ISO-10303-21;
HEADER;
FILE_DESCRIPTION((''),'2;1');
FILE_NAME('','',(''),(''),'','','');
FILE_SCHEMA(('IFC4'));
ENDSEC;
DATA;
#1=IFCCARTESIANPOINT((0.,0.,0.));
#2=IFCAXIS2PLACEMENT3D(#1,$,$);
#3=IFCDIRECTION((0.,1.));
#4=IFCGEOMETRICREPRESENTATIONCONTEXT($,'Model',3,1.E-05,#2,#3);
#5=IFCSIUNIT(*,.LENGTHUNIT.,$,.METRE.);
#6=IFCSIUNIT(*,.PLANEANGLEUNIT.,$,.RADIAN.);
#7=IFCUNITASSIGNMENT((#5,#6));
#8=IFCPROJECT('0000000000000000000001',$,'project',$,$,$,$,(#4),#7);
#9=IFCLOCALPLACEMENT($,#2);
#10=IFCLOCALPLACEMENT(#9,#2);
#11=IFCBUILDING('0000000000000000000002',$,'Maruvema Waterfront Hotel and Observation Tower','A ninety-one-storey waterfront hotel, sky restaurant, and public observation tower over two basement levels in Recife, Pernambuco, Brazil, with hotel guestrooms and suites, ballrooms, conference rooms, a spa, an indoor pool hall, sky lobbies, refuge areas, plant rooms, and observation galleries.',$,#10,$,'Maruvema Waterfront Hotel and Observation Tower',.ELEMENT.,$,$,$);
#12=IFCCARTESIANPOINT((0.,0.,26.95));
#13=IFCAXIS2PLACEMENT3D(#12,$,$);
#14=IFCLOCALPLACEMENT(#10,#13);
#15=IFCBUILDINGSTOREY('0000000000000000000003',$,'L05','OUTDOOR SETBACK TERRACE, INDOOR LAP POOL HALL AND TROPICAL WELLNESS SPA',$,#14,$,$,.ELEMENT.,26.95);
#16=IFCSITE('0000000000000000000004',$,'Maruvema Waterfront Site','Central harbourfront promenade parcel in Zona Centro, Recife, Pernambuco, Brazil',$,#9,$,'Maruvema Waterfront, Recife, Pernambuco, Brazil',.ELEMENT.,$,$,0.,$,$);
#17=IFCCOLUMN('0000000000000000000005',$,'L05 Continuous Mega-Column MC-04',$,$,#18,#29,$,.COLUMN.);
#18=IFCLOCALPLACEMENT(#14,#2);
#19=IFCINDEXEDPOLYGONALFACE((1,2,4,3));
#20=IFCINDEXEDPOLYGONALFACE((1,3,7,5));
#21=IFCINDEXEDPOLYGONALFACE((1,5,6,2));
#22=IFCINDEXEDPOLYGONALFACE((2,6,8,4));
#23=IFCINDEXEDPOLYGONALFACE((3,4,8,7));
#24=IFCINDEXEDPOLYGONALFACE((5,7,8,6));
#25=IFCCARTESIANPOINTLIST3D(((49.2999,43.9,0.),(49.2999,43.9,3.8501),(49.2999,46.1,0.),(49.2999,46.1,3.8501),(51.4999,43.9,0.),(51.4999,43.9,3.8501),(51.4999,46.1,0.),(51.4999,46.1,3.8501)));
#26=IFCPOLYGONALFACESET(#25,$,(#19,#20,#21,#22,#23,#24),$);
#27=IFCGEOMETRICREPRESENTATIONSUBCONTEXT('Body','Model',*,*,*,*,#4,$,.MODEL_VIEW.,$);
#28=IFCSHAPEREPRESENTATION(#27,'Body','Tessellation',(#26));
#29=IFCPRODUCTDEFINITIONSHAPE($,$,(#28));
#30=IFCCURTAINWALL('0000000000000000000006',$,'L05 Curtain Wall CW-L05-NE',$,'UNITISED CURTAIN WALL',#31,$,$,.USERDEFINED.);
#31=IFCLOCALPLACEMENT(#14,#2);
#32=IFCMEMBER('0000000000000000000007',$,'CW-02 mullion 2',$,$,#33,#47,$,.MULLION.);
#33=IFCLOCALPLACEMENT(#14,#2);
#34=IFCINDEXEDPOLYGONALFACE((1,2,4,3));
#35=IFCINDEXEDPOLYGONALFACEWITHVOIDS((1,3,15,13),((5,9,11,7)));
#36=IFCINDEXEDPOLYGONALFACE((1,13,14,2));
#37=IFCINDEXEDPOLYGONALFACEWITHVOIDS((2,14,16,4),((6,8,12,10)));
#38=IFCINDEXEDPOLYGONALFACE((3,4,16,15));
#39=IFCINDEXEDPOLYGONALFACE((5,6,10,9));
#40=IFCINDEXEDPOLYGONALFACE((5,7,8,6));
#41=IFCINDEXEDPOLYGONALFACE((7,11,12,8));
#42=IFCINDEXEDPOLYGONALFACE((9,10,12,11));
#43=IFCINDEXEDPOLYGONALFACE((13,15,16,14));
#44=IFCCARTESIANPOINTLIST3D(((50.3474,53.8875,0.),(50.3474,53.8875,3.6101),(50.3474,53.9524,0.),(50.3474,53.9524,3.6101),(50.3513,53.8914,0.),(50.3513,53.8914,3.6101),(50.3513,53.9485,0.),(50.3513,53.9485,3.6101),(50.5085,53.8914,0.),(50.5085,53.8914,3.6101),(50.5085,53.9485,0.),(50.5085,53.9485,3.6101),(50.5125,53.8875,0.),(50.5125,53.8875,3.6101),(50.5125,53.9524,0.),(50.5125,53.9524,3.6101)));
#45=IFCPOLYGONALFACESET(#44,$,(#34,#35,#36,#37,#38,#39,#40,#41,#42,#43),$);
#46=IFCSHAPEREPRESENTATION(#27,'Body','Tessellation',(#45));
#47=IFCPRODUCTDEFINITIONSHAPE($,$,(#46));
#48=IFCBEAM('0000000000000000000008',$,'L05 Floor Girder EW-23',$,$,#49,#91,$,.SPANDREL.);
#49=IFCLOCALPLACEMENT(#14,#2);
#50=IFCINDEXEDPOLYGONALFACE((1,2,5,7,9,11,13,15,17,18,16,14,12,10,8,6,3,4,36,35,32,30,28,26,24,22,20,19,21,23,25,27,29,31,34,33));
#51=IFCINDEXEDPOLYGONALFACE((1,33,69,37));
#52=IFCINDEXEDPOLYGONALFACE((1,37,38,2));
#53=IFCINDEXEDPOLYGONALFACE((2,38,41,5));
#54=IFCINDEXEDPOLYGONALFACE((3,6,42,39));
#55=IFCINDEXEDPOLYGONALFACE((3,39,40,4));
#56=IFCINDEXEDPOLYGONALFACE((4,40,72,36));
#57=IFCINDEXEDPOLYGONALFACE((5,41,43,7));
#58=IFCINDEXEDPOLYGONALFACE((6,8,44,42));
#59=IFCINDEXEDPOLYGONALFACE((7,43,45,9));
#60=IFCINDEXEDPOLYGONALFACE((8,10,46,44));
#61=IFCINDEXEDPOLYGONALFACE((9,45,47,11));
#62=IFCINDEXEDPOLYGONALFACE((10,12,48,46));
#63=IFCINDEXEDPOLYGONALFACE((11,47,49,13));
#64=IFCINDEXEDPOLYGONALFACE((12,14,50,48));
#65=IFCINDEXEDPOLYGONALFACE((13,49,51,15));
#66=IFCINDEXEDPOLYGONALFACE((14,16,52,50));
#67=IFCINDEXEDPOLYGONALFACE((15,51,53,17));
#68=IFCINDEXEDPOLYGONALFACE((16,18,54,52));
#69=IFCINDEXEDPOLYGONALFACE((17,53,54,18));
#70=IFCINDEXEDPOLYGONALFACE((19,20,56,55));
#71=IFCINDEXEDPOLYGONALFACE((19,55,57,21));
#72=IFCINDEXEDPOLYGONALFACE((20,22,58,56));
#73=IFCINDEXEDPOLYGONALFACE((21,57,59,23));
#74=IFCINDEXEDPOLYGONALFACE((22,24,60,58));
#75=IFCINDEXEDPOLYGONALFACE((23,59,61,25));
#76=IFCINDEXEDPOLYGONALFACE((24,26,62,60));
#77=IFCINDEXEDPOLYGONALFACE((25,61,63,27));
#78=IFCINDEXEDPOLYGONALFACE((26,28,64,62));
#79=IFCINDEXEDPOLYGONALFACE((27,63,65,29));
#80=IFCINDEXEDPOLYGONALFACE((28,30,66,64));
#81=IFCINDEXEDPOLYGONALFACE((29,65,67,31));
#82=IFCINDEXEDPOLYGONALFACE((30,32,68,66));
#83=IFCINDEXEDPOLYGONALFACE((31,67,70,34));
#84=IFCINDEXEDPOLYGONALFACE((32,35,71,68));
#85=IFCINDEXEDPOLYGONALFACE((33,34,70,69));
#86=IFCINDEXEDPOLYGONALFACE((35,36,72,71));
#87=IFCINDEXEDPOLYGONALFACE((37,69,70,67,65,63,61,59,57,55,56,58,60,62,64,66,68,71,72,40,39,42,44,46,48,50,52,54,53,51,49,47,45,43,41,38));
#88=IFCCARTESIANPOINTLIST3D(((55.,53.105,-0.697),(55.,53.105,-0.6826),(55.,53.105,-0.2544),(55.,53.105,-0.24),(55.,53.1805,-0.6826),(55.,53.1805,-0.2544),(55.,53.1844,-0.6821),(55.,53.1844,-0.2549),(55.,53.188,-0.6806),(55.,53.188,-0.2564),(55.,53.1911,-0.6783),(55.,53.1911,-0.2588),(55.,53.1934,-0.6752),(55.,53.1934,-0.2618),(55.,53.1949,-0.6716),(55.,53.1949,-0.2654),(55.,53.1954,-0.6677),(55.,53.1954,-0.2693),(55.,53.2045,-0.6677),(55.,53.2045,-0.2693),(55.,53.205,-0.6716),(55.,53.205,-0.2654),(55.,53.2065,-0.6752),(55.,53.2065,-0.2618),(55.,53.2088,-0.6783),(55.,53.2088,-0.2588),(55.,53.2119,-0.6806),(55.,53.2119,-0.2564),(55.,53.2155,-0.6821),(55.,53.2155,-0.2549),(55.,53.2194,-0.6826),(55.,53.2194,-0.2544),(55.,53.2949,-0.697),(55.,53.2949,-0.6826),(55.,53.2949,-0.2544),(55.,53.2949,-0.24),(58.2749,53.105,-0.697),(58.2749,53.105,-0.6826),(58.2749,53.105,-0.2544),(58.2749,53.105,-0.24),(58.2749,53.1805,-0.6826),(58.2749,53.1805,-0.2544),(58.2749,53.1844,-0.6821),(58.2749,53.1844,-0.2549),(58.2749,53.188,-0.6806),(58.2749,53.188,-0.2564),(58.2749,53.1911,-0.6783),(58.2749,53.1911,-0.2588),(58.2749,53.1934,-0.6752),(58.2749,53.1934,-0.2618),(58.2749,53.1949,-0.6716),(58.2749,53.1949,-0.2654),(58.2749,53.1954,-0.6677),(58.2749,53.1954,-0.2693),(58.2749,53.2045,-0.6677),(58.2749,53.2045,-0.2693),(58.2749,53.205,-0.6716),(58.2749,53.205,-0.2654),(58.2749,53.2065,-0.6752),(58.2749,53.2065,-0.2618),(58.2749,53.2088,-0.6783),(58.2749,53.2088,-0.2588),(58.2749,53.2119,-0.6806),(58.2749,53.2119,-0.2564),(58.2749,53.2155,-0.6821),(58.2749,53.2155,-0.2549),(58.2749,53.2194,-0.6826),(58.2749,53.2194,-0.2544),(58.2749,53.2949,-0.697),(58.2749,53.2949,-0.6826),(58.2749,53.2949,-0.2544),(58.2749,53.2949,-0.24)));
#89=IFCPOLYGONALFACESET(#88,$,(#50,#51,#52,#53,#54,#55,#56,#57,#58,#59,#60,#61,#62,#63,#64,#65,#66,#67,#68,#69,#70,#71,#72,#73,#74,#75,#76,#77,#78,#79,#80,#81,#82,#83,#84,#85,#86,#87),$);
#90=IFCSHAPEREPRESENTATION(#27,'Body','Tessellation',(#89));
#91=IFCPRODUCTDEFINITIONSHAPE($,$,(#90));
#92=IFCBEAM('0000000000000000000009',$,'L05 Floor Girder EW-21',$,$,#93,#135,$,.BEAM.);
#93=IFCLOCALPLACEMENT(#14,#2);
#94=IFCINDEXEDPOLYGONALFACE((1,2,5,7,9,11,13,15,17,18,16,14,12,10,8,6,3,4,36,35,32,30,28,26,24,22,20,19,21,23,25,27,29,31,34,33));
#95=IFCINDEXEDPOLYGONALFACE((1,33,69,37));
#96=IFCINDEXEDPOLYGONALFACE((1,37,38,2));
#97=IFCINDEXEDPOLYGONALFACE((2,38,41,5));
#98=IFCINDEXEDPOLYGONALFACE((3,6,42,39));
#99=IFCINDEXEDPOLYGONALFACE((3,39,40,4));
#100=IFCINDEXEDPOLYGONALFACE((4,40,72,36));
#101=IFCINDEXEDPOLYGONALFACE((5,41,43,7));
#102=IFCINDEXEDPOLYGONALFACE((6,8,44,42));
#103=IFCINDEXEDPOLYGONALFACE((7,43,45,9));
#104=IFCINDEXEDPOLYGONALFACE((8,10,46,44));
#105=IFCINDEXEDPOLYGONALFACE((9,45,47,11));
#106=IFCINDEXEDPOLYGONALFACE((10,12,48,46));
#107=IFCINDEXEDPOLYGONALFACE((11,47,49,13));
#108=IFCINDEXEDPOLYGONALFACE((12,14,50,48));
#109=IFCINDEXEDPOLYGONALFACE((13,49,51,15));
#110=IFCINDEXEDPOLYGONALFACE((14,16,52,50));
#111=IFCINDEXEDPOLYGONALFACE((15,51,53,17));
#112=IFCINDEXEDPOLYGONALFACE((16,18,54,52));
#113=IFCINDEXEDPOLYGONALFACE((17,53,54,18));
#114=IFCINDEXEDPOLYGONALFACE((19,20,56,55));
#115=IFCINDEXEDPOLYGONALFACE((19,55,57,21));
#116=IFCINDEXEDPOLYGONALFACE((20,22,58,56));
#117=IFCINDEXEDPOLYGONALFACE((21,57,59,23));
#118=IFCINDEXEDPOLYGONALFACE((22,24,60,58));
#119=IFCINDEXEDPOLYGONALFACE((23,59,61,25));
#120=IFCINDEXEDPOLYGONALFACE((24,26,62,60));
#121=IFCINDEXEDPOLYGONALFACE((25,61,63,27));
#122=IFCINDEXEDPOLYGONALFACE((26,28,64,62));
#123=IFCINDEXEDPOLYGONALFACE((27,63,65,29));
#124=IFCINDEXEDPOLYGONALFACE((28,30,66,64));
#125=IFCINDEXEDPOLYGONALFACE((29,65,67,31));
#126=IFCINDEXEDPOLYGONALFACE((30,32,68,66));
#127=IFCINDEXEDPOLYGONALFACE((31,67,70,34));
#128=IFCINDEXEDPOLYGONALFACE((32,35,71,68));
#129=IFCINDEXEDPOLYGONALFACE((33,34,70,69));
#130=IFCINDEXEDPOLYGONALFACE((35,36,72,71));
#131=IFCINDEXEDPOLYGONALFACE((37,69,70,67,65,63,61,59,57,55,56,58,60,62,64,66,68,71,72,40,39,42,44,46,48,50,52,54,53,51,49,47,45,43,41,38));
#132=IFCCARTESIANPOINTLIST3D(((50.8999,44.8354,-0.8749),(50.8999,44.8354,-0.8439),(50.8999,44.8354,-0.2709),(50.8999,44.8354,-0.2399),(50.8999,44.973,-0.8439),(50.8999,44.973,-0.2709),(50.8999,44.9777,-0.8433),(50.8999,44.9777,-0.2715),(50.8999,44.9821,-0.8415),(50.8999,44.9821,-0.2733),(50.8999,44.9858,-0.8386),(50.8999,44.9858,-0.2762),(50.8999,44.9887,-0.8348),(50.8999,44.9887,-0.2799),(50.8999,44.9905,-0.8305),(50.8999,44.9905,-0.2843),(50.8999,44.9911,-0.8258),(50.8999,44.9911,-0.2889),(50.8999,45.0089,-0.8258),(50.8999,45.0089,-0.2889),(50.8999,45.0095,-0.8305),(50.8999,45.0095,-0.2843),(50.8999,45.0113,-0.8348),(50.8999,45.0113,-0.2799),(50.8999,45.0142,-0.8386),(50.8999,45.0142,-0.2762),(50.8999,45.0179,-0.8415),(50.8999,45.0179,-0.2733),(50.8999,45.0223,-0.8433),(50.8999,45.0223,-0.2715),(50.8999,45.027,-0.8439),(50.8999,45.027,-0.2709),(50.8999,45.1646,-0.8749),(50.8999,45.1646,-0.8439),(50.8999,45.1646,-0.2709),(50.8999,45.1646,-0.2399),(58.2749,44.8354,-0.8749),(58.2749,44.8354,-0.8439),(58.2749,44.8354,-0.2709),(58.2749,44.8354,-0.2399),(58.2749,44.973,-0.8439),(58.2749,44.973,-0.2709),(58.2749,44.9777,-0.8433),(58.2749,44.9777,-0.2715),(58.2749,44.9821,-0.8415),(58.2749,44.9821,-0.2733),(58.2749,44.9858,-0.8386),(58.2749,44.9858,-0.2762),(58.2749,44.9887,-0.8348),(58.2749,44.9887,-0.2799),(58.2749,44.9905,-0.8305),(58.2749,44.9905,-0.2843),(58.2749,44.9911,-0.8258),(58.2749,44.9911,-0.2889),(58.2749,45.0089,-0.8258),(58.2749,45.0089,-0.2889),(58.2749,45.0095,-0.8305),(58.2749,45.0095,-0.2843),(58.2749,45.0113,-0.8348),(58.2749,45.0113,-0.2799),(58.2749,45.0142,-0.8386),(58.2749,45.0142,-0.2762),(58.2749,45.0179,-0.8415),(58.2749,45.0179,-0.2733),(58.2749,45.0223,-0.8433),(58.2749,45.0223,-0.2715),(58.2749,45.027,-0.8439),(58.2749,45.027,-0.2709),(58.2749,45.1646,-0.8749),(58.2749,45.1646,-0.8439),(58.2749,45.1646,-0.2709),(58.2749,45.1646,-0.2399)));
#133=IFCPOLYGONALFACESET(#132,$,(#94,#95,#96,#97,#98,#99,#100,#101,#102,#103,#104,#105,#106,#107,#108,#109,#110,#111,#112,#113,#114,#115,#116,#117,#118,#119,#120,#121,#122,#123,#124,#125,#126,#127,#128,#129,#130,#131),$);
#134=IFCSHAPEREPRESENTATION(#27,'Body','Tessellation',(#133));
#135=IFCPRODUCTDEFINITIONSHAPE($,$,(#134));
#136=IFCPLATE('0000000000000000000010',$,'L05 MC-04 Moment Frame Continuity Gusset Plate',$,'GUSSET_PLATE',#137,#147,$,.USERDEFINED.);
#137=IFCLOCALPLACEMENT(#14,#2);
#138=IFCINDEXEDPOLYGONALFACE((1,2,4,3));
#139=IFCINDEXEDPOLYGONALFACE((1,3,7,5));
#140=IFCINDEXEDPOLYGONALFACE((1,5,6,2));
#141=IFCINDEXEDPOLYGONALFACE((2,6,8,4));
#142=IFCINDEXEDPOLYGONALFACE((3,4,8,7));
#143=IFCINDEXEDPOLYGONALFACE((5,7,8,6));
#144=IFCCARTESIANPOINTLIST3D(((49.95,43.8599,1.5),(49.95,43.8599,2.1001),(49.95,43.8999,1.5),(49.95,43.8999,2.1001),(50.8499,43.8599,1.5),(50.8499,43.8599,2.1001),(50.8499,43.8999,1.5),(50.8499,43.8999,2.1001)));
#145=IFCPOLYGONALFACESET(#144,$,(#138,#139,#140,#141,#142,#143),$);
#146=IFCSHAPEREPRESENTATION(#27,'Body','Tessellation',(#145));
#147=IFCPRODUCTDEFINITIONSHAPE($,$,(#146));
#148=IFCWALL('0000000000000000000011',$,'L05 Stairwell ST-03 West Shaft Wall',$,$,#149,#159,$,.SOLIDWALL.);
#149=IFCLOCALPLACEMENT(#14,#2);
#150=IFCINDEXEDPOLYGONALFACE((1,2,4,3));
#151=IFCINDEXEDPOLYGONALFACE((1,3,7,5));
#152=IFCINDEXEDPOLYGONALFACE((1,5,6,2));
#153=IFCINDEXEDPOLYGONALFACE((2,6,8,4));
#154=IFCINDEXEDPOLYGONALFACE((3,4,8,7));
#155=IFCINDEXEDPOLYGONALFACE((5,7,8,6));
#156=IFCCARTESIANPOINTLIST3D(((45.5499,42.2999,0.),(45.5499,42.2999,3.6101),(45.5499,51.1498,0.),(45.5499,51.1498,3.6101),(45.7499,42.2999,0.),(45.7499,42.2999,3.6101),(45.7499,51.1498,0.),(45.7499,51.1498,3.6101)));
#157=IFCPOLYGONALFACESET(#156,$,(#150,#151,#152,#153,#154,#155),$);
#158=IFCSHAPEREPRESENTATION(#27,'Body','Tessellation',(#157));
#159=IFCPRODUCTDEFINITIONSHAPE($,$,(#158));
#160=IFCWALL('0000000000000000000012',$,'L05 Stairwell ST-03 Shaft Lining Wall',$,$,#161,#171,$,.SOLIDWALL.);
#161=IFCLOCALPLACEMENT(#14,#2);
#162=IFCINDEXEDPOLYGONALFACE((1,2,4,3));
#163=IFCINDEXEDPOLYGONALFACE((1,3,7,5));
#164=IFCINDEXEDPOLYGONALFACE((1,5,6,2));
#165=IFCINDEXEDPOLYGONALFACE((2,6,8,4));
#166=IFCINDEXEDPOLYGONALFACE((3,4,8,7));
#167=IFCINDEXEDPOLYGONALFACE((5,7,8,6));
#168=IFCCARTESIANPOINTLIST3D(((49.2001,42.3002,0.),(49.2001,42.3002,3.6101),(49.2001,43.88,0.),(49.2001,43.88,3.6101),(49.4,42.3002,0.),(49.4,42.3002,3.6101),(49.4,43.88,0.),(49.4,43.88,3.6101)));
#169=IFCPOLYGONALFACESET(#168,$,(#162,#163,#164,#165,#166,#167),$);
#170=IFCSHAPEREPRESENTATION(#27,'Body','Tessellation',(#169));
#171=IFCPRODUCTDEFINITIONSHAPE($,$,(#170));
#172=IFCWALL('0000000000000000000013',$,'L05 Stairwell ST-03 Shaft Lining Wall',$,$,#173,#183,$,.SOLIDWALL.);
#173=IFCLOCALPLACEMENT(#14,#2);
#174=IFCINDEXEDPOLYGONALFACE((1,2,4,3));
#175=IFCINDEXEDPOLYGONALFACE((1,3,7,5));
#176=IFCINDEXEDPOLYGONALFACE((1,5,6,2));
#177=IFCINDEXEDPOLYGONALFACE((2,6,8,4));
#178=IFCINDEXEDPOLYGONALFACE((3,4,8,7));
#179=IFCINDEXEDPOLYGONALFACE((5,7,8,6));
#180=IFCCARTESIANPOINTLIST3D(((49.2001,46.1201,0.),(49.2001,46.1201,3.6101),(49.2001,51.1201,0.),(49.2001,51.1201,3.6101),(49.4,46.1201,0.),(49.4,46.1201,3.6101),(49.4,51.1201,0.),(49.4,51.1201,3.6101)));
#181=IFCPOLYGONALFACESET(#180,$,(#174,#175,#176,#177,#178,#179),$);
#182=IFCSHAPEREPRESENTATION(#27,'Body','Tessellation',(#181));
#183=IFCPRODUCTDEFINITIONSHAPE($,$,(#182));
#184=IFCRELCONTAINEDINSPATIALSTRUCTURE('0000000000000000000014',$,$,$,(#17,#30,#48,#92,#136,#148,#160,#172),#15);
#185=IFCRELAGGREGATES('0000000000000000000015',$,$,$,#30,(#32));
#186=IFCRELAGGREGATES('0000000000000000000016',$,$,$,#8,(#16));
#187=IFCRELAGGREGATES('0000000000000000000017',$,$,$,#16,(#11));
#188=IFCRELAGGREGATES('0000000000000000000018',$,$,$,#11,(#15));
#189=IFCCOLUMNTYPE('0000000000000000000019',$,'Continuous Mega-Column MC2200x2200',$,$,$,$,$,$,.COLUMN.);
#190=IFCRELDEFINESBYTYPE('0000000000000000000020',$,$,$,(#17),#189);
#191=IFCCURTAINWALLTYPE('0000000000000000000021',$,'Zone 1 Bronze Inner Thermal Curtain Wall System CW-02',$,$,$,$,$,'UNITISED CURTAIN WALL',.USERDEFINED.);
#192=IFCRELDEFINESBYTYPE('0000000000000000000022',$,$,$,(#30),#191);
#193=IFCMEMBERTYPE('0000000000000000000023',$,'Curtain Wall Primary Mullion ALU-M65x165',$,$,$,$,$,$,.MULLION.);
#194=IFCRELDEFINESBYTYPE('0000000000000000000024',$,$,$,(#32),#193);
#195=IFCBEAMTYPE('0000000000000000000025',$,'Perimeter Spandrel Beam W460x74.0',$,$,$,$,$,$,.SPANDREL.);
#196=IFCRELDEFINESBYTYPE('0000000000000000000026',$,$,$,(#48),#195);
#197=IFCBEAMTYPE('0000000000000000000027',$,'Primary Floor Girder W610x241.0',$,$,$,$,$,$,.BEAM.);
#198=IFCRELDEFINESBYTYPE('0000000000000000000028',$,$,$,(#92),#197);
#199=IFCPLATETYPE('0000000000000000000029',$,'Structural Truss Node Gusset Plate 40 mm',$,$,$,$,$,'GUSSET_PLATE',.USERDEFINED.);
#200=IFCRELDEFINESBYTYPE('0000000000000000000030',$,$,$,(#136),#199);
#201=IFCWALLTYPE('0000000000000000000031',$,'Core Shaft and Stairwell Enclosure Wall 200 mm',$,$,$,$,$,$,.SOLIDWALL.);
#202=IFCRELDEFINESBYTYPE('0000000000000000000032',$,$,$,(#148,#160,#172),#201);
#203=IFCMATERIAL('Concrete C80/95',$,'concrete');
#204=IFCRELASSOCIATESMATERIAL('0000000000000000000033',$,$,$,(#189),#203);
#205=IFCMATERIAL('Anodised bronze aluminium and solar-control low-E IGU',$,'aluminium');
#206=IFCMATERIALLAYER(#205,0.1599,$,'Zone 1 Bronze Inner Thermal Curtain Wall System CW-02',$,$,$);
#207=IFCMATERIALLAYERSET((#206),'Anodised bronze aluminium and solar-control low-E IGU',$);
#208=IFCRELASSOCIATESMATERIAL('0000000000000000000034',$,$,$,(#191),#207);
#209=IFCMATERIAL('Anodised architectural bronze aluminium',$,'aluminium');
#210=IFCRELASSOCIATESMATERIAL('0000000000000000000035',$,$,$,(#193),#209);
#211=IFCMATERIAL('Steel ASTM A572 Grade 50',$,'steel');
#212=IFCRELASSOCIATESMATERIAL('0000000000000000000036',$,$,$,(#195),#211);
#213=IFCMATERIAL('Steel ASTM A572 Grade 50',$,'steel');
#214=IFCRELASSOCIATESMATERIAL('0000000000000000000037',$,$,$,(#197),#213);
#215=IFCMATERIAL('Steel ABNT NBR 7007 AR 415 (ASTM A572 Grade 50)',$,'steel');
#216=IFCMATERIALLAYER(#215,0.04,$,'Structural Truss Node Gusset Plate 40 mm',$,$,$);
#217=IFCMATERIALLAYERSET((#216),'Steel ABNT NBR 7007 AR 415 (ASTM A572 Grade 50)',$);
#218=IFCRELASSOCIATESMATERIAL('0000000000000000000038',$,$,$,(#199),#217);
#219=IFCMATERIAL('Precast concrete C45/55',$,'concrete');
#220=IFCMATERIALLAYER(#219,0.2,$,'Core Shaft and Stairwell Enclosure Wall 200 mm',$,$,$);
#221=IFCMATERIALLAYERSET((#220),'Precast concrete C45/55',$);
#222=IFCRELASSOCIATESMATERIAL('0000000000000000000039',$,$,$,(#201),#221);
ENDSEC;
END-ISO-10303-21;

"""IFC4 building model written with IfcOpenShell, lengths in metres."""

from ifc_helpers import new_model, si_unit, direction, frame, frame_2d, origin, origin_2d, place, context, subcontext, project, spatial, rectangle, hollow_rectangle, i_section, extrude, material, layer, layer_set, material_profile, profile_set, type_object, element, aggregate, save


model = new_model("IFC4")

# Units and contexts
model_context = context("Model", 3, precision=1e-05, world=origin(), true_north=direction((0.0, 1.0)))
body_context = subcontext(model_context, "Body", "Model", "MODEL_VIEW")
ifc_project = project(units=[si_unit("LENGTHUNIT", "METRE"), si_unit("PLANEANGLEUNIT", "RADIAN")], contexts=[model_context])

# Site, building, storey
site_placement = place(None, origin())
site = spatial("IfcSite", under=ifc_project, at=site_placement, Name="Maruvema Waterfront Site", Description="Central harbourfront promenade parcel in Zona Centro, Recife, Pernambuco, Brazil", LongName="Maruvema Waterfront, Recife, Pernambuco, Brazil", CompositionType="ELEMENT", RefElevation=0.0)
building_placement = place(site_placement, origin())
building = spatial("IfcBuilding", under=site, at=building_placement, Name="Maruvema Waterfront Hotel and Observation Tower", Description="A ninety-one-storey waterfront hotel, sky restaurant, and public observation tower over two basement levels in Recife, Pernambuco, Brazil, with hotel guestrooms and suites, ballrooms, conference rooms, a spa, an indoor pool hall, sky lobbies, refuge areas, plant rooms, and observation galleries.", LongName="Maruvema Waterfront Hotel and Observation Tower", CompositionType="ELEMENT")
storey_placement = place(building_placement, frame((0.0, 0.0, 26.95)))
storey = spatial("IfcBuildingStorey", under=building, at=storey_placement, Name="L05", Description="OUTDOOR SETBACK TERRACE, INDOOR LAP POOL HALL AND TROPICAL WELLNESS SPA", CompositionType="ELEMENT", Elevation=26.95)

# Column
ifc_material_1 = material(Name="Concrete C80/95", Category="concrete")
ifc_material_profile_1 = material_profile(ifc_material_1, rectangle(XDim=2.2, YDim=2.2, at=origin_2d()), Name="MC2200x2200")
ifc_profile_set_1 = profile_set([ifc_material_profile_1], Name="Concrete C80/95")
column_type = type_object("IfcColumnType", Name="Continuous Mega-Column MC2200x2200", PredefinedType="COLUMN", material=ifc_profile_set_1)
column_placement = place(storey_placement, frame((50.3999, 45.0, 0.0), z_axis=(0.0, 0.0, 1.0), x_axis=(1.0, 0.0, 0.0)))
element("IfcColumn", 1, at=column_placement, inside=storey, type_object=column_type, Name="L05 Continuous Mega-Column MC-04", PredefinedType="COLUMN", context=body_context, shape_type="SweptSolid", body=[
    extrude(rectangle(XDim=2.2, YDim=2.2, at=origin_2d()), origin(), (0.0, 0.0, 1.0), 3.8501),
])

# Curtain wall, member
ifc_material_2 = material(Name="Anodised bronze aluminium and solar-control low-E IGU", Category="aluminium")
ifc_layer_1 = layer(ifc_material_2, 0.1599, Name="Zone 1 Bronze Inner Thermal Curtain Wall System CW-02")
ifc_layer_set_1 = layer_set([ifc_layer_1], Name="Anodised bronze aluminium and solar-control low-E IGU")
curtain_wall_type = type_object("IfcCurtainWallType", Name="Zone 1 Bronze Inner Thermal Curtain Wall System CW-02", ElementType="UNITISED CURTAIN WALL", PredefinedType="USERDEFINED", material=ifc_layer_set_1)
curtain_wall_placement = place(storey_placement, origin())
curtain_wall = element("IfcCurtainWall", 2, at=curtain_wall_placement, inside=storey, type_object=curtain_wall_type, Name="L05 Curtain Wall CW-L05-NE", ObjectType="UNITISED CURTAIN WALL", PredefinedType="USERDEFINED")
ifc_material_3 = material(Name="Anodised architectural bronze aluminium", Category="aluminium")
ifc_material_profile_2 = material_profile(ifc_material_3, hollow_rectangle(XDim=0.0649, YDim=0.165, WallThickness=0.0039, at=origin_2d()), Name="ALU-M65x165")
ifc_profile_set_2 = profile_set([ifc_material_profile_2], Name="Anodised architectural bronze aluminium")
member_type = type_object("IfcMemberType", Name="Curtain Wall Primary Mullion ALU-M65x165", PredefinedType="MULLION", material=ifc_profile_set_2)
member_placement = place(storey_placement, frame((50.4299, 53.9199, 0.0), z_axis=(0.0, 0.0, 1.0), x_axis=(0.0, -1.0, 0.0)))
member = element("IfcMember", 3, at=member_placement, type_object=member_type, Name="CW-02 mullion 2", PredefinedType="MULLION", context=body_context, shape_type="SweptSolid", body=[
    extrude(hollow_rectangle(XDim=0.0649, YDim=0.165, WallThickness=0.0039, at=origin_2d()), origin(), (0.0, 0.0, 1.0), 3.6101),
])
aggregate(curtain_wall, [member])

# Beams
ifc_material_4 = material(Name="Steel ASTM A572 Grade 50", Category="steel")
ifc_material_profile_3 = material_profile(ifc_material_4, i_section(OverallWidth=0.1899, OverallDepth=0.457, WebThickness=0.009, FlangeThickness=0.0144, FilletRadius=0.0149, at=origin_2d()), Name="W460x74.0")
ifc_profile_set_3 = profile_set([ifc_material_profile_3], Name="Steel ASTM A572 Grade 50")
beam_type_1 = type_object("IfcBeamType", Name="Perimeter Spandrel Beam W460x74.0", PredefinedType="SPANDREL", material=ifc_profile_set_3)
beam_1_placement = place(storey_placement, frame((55.0, 53.2, -0.4685), z_axis=(1.0, 0.0, 0.0), x_axis=(0.0, 1.0, 0.0)))
element("IfcBeam", 4, at=beam_1_placement, inside=storey, type_object=beam_type_1, Name="L05 Floor Girder EW-23", PredefinedType="SPANDREL", context=body_context, shape_type="SweptSolid", body=[
    extrude(i_section(OverallWidth=0.1899, OverallDepth=0.457, WebThickness=0.009, FlangeThickness=0.0144, FilletRadius=0.0149, at=origin_2d()), origin(), (0.0, 0.0, 1.0), 3.2749),
])
ifc_material_5 = material(Name="Steel ASTM A572 Grade 50", Category="steel")
ifc_material_profile_4 = material_profile(ifc_material_5, i_section(OverallWidth=0.3291, OverallDepth=0.635, WebThickness=0.0178, FlangeThickness=0.031, FilletRadius=0.0181, at=origin_2d()), Name="W610x241.0")
ifc_profile_set_4 = profile_set([ifc_material_profile_4], Name="Steel ASTM A572 Grade 50")
beam_type_2 = type_object("IfcBeamType", Name="Primary Floor Girder W610x241.0", PredefinedType="BEAM", material=ifc_profile_set_4)
beam_2_placement = place(storey_placement, frame((50.8999, 45.0, -0.5574), z_axis=(1.0, 0.0, 0.0), x_axis=(0.0, 1.0, 0.0)))
element("IfcBeam", 5, at=beam_2_placement, inside=storey, type_object=beam_type_2, Name="L05 Floor Girder EW-21", PredefinedType="BEAM", context=body_context, shape_type="SweptSolid", body=[
    extrude(i_section(OverallWidth=0.3291, OverallDepth=0.635, WebThickness=0.0178, FlangeThickness=0.031, FilletRadius=0.0181, at=origin_2d()), origin(), (0.0, 0.0, 1.0), 7.375),
])

# Plate
ifc_material_6 = material(Name="Steel ABNT NBR 7007 AR 415 (ASTM A572 Grade 50)", Category="steel")
ifc_layer_2 = layer(ifc_material_6, 0.04, Name="Structural Truss Node Gusset Plate 40 mm")
ifc_layer_set_2 = layer_set([ifc_layer_2], Name="Steel ABNT NBR 7007 AR 415 (ASTM A572 Grade 50)")
plate_type = type_object("IfcPlateType", Name="Structural Truss Node Gusset Plate 40 mm", ElementType="GUSSET_PLATE", PredefinedType="USERDEFINED", material=ifc_layer_set_2)
plate_placement = place(storey_placement, frame((50.3999, 43.8799, 1.5), z_axis=(0.0, 0.0, 1.0), x_axis=(1.0, 0.0, 0.0)))
element("IfcPlate", 6, at=plate_placement, inside=storey, type_object=plate_type, Name="L05 MC-04 Moment Frame Continuity Gusset Plate", ObjectType="GUSSET_PLATE", PredefinedType="USERDEFINED", context=body_context, shape_type="SweptSolid", body=[
    extrude(rectangle(XDim=0.8999, YDim=0.04, at=origin_2d()), origin(), (0.0, 0.0, 1.0), 0.6001),
])

# Walls
ifc_material_7 = material(Name="Precast concrete C45/55", Category="concrete")
ifc_layer_3 = layer(ifc_material_7, 0.2, Name="Core Shaft and Stairwell Enclosure Wall 200 mm")
ifc_layer_set_3 = layer_set([ifc_layer_3], Name="Precast concrete C45/55")
wall_type_1 = type_object("IfcWallType", Name="Core Shaft and Stairwell Enclosure Wall 200 mm", PredefinedType="SOLIDWALL", material=ifc_layer_set_3)
wall_1_placement = place(storey_placement, frame((45.6499, 42.3, 0.0), z_axis=(0.0, 0.0, 1.0), x_axis=(0.0, 1.0, 0.0)))
element("IfcWall", 7, at=wall_1_placement, inside=storey, type_object=wall_type_1, Name="L05 Stairwell ST-03 West Shaft Wall", PredefinedType="SOLIDWALL", context=body_context, shape_type="SweptSolid", body=[
    extrude(rectangle(XDim=8.8499, YDim=0.2, at=frame_2d((4.4248, 0.0))), origin(), (0.0, 0.0, 1.0), 3.6101),
])
wall_2_placement = place(storey_placement, frame((49.3, 42.3, 0.0), z_axis=(0.0, 0.0, 1.0), x_axis=(0.0, 1.0, 0.0)))
element("IfcWall", 8, at=wall_2_placement, inside=storey, type_object=wall_type_1, Name="L05 Stairwell ST-03 Shaft Lining Wall", PredefinedType="SOLIDWALL", context=body_context, shape_type="SweptSolid", body=[
    extrude(rectangle(XDim=1.5798, YDim=0.2, at=frame_2d((0.79, 0.0))), origin(), (0.0, 0.0, 1.0), 3.6101),
])
wall_3_placement = place(storey_placement, frame((49.3, 46.1201, 0.0), z_axis=(0.0, 0.0, 1.0), x_axis=(0.0, 1.0, 0.0)))
element("IfcWall", 9, at=wall_3_placement, inside=storey, type_object=wall_type_1, Name="L05 Stairwell ST-03 Shaft Lining Wall", PredefinedType="SOLIDWALL", context=body_context, shape_type="SweptSolid", body=[
    extrude(rectangle(XDim=5.0, YDim=0.2, at=frame_2d((2.5, 0.0))), origin(), (0.0, 0.0, 1.0), 3.6101),
])

save(model, "model.ifc")
